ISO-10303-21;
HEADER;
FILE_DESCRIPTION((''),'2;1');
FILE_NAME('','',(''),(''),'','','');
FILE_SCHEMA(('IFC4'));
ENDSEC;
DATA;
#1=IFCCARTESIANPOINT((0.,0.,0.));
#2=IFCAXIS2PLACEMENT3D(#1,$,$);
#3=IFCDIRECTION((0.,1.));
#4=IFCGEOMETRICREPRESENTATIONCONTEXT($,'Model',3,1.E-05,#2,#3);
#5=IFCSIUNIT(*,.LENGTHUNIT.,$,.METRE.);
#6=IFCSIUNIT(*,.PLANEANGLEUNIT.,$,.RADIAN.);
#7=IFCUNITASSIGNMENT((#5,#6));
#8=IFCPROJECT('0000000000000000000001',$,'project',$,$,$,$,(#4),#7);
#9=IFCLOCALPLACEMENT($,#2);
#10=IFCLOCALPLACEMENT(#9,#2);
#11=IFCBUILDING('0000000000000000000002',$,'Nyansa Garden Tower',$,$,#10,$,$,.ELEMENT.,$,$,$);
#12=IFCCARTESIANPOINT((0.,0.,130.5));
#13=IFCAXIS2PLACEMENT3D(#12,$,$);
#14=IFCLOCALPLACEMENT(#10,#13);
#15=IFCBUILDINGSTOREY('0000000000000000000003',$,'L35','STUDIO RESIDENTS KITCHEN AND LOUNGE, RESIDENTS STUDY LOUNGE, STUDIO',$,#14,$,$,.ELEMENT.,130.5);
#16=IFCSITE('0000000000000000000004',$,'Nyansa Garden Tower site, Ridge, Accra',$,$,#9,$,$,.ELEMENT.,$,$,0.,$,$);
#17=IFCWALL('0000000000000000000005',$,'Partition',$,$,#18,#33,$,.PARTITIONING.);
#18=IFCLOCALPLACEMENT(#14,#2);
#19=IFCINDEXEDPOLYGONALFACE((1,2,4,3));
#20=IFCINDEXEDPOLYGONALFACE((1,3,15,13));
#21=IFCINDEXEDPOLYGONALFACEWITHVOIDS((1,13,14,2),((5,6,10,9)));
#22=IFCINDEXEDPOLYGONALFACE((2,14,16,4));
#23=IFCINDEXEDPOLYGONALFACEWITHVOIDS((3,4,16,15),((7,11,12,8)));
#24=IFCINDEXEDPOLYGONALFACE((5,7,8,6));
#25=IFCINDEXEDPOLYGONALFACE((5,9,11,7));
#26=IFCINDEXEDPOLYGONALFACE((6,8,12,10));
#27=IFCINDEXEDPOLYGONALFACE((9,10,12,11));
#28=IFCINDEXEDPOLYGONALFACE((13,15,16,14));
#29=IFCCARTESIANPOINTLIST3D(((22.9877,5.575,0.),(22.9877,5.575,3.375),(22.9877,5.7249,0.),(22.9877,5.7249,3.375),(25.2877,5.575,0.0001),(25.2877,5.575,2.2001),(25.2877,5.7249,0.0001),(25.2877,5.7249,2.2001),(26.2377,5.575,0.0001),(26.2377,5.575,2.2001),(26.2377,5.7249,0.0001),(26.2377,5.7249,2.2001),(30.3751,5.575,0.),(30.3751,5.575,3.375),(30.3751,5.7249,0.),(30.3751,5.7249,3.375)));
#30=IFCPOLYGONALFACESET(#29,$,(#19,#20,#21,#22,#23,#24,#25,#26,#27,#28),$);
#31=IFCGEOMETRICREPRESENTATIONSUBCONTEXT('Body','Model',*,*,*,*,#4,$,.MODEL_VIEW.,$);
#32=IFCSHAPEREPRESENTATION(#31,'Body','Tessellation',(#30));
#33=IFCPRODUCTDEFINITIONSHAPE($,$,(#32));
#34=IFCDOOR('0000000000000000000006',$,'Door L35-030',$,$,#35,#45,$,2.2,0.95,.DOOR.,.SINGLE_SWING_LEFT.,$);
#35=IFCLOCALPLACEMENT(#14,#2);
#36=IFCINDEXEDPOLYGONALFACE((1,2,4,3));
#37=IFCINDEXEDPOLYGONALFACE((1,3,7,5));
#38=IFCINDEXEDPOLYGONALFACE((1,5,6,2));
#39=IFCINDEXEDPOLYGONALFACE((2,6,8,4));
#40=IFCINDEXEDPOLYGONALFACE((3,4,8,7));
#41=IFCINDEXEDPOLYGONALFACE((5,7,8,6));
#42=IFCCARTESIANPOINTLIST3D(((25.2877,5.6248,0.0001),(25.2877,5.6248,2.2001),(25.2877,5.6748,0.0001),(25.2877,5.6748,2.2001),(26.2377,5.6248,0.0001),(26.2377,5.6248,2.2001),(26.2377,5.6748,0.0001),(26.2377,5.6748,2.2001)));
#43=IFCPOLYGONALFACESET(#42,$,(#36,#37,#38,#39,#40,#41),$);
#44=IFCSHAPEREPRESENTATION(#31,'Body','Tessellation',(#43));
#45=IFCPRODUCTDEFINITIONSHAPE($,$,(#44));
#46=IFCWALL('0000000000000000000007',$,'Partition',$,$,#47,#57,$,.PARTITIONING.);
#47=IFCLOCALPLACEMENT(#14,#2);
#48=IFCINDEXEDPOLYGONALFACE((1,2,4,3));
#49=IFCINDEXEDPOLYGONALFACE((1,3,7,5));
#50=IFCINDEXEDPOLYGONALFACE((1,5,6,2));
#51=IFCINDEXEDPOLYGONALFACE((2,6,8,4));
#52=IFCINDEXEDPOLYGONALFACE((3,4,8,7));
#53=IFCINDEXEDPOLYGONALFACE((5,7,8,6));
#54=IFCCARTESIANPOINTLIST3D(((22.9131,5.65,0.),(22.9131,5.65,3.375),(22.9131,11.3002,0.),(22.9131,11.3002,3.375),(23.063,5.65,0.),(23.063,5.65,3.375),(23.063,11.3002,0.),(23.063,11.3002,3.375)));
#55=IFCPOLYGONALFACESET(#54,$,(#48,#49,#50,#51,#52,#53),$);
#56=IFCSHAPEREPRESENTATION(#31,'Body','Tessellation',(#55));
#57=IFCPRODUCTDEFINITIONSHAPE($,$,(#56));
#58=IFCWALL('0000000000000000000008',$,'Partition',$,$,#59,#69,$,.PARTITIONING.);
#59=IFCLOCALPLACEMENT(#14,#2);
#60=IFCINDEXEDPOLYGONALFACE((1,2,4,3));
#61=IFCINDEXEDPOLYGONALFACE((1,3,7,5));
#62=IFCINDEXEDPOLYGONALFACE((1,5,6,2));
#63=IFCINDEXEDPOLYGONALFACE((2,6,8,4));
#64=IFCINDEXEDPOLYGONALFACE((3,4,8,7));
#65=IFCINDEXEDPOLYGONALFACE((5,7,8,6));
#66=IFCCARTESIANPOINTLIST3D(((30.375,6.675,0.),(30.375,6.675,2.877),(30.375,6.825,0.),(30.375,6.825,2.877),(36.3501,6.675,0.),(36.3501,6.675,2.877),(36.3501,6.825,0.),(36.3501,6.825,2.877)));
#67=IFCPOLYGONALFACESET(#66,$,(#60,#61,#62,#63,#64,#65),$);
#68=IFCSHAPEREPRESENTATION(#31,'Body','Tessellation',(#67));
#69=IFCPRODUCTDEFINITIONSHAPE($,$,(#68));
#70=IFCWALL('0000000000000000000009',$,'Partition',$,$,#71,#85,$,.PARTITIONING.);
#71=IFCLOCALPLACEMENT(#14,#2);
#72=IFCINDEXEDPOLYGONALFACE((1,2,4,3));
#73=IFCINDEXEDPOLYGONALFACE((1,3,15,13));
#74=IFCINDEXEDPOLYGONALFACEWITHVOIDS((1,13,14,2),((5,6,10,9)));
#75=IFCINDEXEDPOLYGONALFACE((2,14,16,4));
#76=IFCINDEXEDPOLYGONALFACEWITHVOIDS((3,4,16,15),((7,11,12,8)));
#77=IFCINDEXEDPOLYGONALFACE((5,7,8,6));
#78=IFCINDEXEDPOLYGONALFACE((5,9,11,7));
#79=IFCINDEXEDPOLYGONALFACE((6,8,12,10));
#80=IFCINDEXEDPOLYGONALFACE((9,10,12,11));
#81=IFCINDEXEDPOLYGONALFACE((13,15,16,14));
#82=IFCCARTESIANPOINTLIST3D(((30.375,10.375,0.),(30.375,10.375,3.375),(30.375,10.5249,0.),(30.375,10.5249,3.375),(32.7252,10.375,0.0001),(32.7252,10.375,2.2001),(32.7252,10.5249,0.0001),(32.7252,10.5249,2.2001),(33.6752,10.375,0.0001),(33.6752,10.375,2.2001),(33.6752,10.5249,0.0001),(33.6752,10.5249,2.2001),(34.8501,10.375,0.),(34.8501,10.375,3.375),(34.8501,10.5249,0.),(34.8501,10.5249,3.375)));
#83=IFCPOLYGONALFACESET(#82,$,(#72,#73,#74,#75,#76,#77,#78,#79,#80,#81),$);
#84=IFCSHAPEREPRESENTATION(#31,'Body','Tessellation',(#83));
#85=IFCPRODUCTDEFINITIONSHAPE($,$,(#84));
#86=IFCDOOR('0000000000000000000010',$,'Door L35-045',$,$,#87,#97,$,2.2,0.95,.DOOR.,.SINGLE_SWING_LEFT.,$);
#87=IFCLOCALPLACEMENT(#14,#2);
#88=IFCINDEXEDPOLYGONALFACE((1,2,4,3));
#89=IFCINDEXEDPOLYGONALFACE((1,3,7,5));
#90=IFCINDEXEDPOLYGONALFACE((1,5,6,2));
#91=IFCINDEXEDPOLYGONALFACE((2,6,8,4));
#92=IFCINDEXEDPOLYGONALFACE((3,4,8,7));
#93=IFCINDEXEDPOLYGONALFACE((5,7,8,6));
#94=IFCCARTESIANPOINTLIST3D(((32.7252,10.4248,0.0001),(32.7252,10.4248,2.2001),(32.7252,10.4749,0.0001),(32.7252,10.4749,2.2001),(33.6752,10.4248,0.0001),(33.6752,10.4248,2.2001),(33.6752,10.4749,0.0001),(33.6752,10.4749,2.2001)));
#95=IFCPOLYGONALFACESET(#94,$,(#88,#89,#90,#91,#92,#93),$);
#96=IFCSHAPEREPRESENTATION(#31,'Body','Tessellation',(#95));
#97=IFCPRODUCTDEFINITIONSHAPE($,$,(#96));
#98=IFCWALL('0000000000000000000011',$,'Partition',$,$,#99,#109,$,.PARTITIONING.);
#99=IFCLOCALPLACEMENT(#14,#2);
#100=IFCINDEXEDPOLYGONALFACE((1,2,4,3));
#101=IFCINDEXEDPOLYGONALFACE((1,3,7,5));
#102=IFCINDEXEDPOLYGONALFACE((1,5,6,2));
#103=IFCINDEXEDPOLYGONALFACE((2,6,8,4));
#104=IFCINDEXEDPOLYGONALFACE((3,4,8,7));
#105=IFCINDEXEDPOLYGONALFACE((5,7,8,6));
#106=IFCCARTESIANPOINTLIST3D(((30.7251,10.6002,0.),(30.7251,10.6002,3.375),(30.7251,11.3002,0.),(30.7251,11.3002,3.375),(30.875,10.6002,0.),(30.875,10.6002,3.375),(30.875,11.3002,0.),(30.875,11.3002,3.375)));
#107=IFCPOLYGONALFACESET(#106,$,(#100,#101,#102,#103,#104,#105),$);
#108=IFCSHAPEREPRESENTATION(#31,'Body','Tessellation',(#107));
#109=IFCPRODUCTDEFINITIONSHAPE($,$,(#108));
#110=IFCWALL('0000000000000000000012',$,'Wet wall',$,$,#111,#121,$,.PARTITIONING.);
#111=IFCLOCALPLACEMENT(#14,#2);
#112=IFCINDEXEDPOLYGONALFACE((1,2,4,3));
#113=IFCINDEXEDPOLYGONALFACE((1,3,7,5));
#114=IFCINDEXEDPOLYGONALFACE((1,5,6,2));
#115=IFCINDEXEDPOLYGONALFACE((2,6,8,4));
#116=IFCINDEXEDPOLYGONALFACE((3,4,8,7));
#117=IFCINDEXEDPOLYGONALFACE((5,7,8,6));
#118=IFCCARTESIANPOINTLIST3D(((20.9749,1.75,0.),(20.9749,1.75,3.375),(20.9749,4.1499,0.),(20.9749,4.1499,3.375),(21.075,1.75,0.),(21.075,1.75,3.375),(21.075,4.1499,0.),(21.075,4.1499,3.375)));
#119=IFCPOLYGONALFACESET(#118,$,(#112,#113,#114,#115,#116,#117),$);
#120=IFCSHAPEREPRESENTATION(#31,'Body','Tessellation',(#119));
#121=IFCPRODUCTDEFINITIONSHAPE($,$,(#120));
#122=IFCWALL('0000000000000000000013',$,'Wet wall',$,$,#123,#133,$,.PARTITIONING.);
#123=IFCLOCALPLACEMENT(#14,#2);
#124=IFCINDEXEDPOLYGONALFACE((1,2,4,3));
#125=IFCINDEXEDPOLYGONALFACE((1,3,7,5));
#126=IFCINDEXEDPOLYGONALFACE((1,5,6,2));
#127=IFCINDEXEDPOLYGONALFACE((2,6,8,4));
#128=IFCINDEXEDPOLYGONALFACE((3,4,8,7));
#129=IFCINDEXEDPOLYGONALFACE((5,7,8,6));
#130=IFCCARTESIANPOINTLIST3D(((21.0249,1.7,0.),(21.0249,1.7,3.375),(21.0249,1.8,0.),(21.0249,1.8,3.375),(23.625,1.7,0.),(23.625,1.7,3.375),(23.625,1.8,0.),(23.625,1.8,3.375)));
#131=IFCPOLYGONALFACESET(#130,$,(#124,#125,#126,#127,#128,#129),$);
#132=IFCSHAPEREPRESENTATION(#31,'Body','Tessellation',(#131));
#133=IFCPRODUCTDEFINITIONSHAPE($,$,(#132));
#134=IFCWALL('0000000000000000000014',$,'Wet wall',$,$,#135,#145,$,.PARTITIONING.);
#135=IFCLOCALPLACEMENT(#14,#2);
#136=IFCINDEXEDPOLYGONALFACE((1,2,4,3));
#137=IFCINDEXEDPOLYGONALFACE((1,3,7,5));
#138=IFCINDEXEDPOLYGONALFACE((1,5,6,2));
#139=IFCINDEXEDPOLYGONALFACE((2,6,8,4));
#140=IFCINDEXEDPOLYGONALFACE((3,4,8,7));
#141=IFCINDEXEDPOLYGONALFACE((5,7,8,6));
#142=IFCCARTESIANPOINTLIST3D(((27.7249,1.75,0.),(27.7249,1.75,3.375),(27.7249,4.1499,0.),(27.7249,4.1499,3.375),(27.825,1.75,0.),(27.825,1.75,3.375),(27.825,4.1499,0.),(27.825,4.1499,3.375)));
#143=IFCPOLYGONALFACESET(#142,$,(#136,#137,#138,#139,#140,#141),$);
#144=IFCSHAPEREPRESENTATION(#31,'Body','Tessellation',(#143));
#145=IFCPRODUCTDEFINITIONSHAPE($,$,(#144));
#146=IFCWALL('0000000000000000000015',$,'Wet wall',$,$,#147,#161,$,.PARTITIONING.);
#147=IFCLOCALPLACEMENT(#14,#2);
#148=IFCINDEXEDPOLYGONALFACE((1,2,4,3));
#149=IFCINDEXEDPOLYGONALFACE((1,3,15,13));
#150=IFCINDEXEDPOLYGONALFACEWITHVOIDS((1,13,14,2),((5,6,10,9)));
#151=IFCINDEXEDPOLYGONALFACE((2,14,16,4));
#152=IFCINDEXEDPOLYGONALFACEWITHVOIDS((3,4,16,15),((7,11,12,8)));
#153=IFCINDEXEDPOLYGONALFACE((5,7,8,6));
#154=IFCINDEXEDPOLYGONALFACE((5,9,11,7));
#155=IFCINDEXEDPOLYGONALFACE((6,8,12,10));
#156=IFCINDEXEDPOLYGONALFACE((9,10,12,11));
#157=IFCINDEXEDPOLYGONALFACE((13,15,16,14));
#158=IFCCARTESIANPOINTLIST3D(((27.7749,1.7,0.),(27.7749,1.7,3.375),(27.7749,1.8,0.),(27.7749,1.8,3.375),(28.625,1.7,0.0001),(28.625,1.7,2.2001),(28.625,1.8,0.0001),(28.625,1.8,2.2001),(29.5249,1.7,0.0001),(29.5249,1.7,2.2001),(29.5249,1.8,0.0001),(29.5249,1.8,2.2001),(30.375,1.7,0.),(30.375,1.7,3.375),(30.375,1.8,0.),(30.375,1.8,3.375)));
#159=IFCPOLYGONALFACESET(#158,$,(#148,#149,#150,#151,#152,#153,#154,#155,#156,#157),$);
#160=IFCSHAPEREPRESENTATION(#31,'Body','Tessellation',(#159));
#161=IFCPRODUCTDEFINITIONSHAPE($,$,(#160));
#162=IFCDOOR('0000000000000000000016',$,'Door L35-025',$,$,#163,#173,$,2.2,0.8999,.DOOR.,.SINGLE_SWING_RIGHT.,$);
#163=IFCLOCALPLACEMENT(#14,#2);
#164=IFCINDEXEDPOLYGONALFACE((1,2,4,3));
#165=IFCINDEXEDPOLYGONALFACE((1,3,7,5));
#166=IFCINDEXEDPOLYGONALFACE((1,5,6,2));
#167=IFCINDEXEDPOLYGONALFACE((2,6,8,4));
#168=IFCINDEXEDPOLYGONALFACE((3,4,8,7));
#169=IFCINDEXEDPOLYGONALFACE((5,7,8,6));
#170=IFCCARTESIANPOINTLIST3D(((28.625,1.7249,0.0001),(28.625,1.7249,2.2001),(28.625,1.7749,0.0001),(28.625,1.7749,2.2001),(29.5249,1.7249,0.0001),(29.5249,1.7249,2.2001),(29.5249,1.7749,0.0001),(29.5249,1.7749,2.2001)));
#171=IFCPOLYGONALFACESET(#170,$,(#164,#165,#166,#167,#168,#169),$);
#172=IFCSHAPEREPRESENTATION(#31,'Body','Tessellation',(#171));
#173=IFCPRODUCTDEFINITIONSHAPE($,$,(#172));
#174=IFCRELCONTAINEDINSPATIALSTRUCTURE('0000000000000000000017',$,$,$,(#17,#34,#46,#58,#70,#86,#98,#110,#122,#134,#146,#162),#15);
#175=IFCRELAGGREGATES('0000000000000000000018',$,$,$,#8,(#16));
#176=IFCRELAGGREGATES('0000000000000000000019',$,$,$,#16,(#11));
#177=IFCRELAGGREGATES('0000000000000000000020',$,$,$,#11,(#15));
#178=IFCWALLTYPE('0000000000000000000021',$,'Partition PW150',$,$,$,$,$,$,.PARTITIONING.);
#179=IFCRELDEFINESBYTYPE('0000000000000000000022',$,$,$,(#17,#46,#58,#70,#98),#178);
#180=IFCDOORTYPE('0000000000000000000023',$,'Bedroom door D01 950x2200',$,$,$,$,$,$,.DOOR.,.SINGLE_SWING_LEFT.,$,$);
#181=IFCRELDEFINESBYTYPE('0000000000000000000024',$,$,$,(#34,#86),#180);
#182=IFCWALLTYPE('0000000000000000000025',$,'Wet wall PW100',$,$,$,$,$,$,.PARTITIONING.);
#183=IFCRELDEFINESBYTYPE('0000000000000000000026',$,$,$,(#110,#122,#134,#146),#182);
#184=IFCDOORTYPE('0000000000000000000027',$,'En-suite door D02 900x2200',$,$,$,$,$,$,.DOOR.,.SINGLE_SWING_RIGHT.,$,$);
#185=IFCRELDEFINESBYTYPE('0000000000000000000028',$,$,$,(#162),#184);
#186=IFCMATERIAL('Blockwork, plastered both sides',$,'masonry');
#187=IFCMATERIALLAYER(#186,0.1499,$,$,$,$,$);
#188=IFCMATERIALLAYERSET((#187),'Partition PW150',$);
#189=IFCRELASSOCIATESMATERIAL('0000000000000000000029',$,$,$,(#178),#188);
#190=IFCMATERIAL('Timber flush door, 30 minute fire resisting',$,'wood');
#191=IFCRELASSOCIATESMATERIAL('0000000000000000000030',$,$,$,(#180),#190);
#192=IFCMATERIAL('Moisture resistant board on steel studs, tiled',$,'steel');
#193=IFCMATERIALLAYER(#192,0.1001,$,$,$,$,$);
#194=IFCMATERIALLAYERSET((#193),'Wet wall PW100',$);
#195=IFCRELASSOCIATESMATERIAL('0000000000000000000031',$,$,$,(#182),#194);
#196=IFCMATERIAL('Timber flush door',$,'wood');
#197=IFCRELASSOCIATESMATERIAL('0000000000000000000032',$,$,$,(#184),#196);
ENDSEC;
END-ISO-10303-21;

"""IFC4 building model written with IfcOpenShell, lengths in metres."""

from ifc_helpers import new_model, si_unit, direction, frame, frame_2d, origin, place, context, subcontext, project, spatial, rectangle, extrude, material, layer, layer_set, type_object, element, fill, save


model = new_model("IFC4")

# Units and contexts
model_context = context("Model", 3, precision=1e-05, world=origin(), true_north=direction((0.0, 1.0)))
body_context = subcontext(model_context, "Body", "Model", "MODEL_VIEW")
ifc_project = project(units=[si_unit("LENGTHUNIT", "METRE"), si_unit("PLANEANGLEUNIT", "RADIAN")], contexts=[model_context])

# Site, building, storey
site_placement = place(None, origin())
site = spatial("IfcSite", under=ifc_project, at=site_placement, Name="Nyansa Garden Tower site, Ridge, Accra", CompositionType="ELEMENT", RefElevation=0.0)
building_placement = place(site_placement, origin())
building = spatial("IfcBuilding", under=site, at=building_placement, Name="Nyansa Garden Tower", CompositionType="ELEMENT")
storey_placement = place(building_placement, frame((0.0, 0.0, 130.5)))
storey = spatial("IfcBuildingStorey", under=building, at=storey_placement, Name="L35", Description="STUDIO RESIDENTS KITCHEN AND LOUNGE, RESIDENTS STUDY LOUNGE, STUDIO", CompositionType="ELEMENT", Elevation=130.5)

# Wall, opening, door
ifc_material_1 = material(Name="Blockwork, plastered both sides", Category="masonry")
ifc_layer_1 = layer(ifc_material_1, 0.1499)
ifc_layer_set_1 = layer_set([ifc_layer_1], Name="Partition PW150")
wall_type_1 = type_object("IfcWallType", Name="Partition PW150", PredefinedType="PARTITIONING", material=ifc_layer_set_1)
ifc_material_2 = material(Name="Timber flush door, 30 minute fire resisting", Category="wood")
door_type_1 = type_object("IfcDoorType", Name="Bedroom door D01 950x2200", OperationType="SINGLE_SWING_LEFT", PredefinedType="DOOR", material=ifc_material_2)
wall_1_placement = place(storey_placement, frame((22.9875, 5.6499, 0.0), z_axis=(0.0, 0.0, 1.0), x_axis=(1.0, 0.0, 0.0)))
wall_1 = element("IfcWall", 1, at=wall_1_placement, inside=storey, type_object=wall_type_1, Name="Partition", PredefinedType="PARTITIONING", context=body_context, shape_type="SweptSolid", body=[
    extrude(rectangle(XDim=7.3875, YDim=0.1499, at=frame_2d((3.6938, 0.0))), origin(), (0.0, 0.0, 1.0), 3.375),
])
opening_1_placement = place(wall_1_placement, frame((2.3, 0.0, 0.0)))
opening_1 = element("IfcOpeningElement", 2, at=opening_1_placement, cuts=wall_1, PredefinedType="OPENING", context=body_context, shape_type="SweptSolid", body=[
    extrude(rectangle(XDim=0.95, YDim=2.2, at=frame_2d((0.4751, 1.1001))), frame((0.0, 0.085, 0.0), z_axis=(0.0, -1.0, 0.0), x_axis=(1.0, 0.0, 0.0)), (0.0, 0.0, 1.0), 0.1699),
])
door_1_placement = place(opening_1_placement, origin())
door_1 = element("IfcDoor", 3, at=door_1_placement, inside=storey, type_object=door_type_1, Name="Door L35-030", OperationType="SINGLE_SWING_LEFT", OverallHeight=2.2, OverallWidth=0.95, PredefinedType="DOOR", context=body_context, shape_type="SweptSolid", body=[
    extrude(rectangle(XDim=0.95, YDim=2.2, at=frame_2d((0.4751, 1.1001))), frame((0.0, 0.0249, 0.0), z_axis=(0.0, -1.0, 0.0), x_axis=(1.0, 0.0, 0.0)), (0.0, 0.0, 1.0), 0.05),
])
fill(opening_1, door_1)

# Walls
wall_2_placement = place(storey_placement, frame((22.988, 5.6499, 0.0), z_axis=(0.0, 0.0, 1.0), x_axis=(0.0, 1.0, 0.0)))
element("IfcWall", 4, at=wall_2_placement, inside=storey, type_object=wall_type_1, Name="Partition", PredefinedType="PARTITIONING", context=body_context, shape_type="SweptSolid", body=[
    extrude(rectangle(XDim=5.6501, YDim=0.1499, at=frame_2d((2.8252, 0.0))), origin(), (0.0, 0.0, 1.0), 3.375),
])
wall_3_placement = place(storey_placement, frame((30.375, 6.75, 0.0), z_axis=(0.0, 0.0, 1.0), x_axis=(1.0, 0.0, 0.0)))
element("IfcWall", 5, at=wall_3_placement, inside=storey, type_object=wall_type_1, Name="Partition", PredefinedType="PARTITIONING", context=body_context, shape_type="SweptSolid", body=[
    extrude(rectangle(XDim=5.9751, YDim=0.1499, at=frame_2d((2.9875, 0.0))), origin(), (0.0, 0.0, 1.0), 2.877),
])

# Wall, opening, door
wall_4_placement = place(storey_placement, frame((30.375, 10.45, 0.0), z_axis=(0.0, 0.0, 1.0), x_axis=(1.0, 0.0, 0.0)))
wall_4 = element("IfcWall", 6, at=wall_4_placement, inside=storey, type_object=wall_type_1, Name="Partition", PredefinedType="PARTITIONING", context=body_context, shape_type="SweptSolid", body=[
    extrude(rectangle(XDim=4.4751, YDim=0.1499, at=frame_2d((2.2375, 0.0))), origin(), (0.0, 0.0, 1.0), 3.375),
])
opening_2_placement = place(wall_4_placement, frame((2.3501, 0.0, 0.0)))
opening_2 = element("IfcOpeningElement", 7, at=opening_2_placement, cuts=wall_4, PredefinedType="OPENING", context=body_context, shape_type="SweptSolid", body=[
    extrude(rectangle(XDim=0.95, YDim=2.2, at=frame_2d((0.4751, 1.1001))), frame((0.0, 0.085, 0.0), z_axis=(0.0, -1.0, 0.0), x_axis=(1.0, 0.0, 0.0)), (0.0, 0.0, 1.0), 0.1699),
])
door_2_placement = place(opening_2_placement, origin())
door_2 = element("IfcDoor", 8, at=door_2_placement, inside=storey, type_object=door_type_1, Name="Door L35-045", OperationType="SINGLE_SWING_LEFT", OverallHeight=2.2, OverallWidth=0.95, PredefinedType="DOOR", context=body_context, shape_type="SweptSolid", body=[
    extrude(rectangle(XDim=0.95, YDim=2.2, at=frame_2d((0.4751, 1.1001))), frame((0.0, 0.0249, 0.0), z_axis=(0.0, -1.0, 0.0), x_axis=(1.0, 0.0, 0.0)), (0.0, 0.0, 1.0), 0.05),
])
fill(opening_2, door_2)

# Walls
wall_5_placement = place(storey_placement, frame((30.8, 10.6001, 0.0), z_axis=(0.0, 0.0, 1.0), x_axis=(0.0, 1.0, 0.0)))
element("IfcWall", 9, at=wall_5_placement, inside=storey, type_object=wall_type_1, Name="Partition", PredefinedType="PARTITIONING", context=body_context, shape_type="SweptSolid", body=[
    extrude(rectangle(XDim=0.7, YDim=0.1499, at=frame_2d((0.3501, 0.0))), origin(), (0.0, 0.0, 1.0), 3.375),
])
ifc_material_3 = material(Name="Moisture resistant board on steel studs, tiled", Category="steel")
ifc_layer_2 = layer(ifc_material_3, 0.1001)
ifc_layer_set_2 = layer_set([ifc_layer_2], Name="Wet wall PW100")
wall_type_2 = type_object("IfcWallType", Name="Wet wall PW100", PredefinedType="PARTITIONING", material=ifc_layer_set_2)
wall_6_placement = place(storey_placement, frame((21.0249, 1.75, 0.0), z_axis=(0.0, 0.0, 1.0), x_axis=(0.0, 1.0, 0.0)))
element("IfcWall", 10, at=wall_6_placement, inside=storey, type_object=wall_type_2, Name="Wet wall", PredefinedType="PARTITIONING", context=body_context, shape_type="SweptSolid", body=[
    extrude(rectangle(XDim=2.3999, YDim=0.1001, at=frame_2d((1.2, 0.0))), origin(), (0.0, 0.0, 1.0), 3.375),
])
wall_7_placement = place(storey_placement, frame((21.0249, 1.75, 0.0), z_axis=(0.0, 0.0, 1.0), x_axis=(1.0, 0.0, 0.0)))
element("IfcWall", 11, at=wall_7_placement, inside=storey, type_object=wall_type_2, Name="Wet wall", PredefinedType="PARTITIONING", context=body_context, shape_type="SweptSolid", body=[
    extrude(rectangle(XDim=2.6001, YDim=0.1001, at=frame_2d((1.3, 0.0))), origin(), (0.0, 0.0, 1.0), 3.375),
])
wall_8_placement = place(storey_placement, frame((27.7749, 1.75, 0.0), z_axis=(0.0, 0.0, 1.0), x_axis=(0.0, 1.0, 0.0)))
element("IfcWall", 12, at=wall_8_placement, inside=storey, type_object=wall_type_2, Name="Wet wall", PredefinedType="PARTITIONING", context=body_context, shape_type="SweptSolid", body=[
    extrude(rectangle(XDim=2.3999, YDim=0.1001, at=frame_2d((1.2, 0.0))), origin(), (0.0, 0.0, 1.0), 3.375),
])

# Wall, opening, door
wall_9_placement = place(storey_placement, frame((27.7749, 1.75, 0.0), z_axis=(0.0, 0.0, 1.0), x_axis=(1.0, 0.0, 0.0)))
wall_9 = element("IfcWall", 13, at=wall_9_placement, inside=storey, type_object=wall_type_2, Name="Wet wall", PredefinedType="PARTITIONING", context=body_context, shape_type="SweptSolid", body=[
    extrude(rectangle(XDim=2.6001, YDim=0.1001, at=frame_2d((1.3, 0.0))), origin(), (0.0, 0.0, 1.0), 3.375),
])
opening_3_placement = place(wall_9_placement, frame((0.8501, 0.0, 0.0)))
opening_3 = element("IfcOpeningElement", 14, at=opening_3_placement, cuts=wall_9, PredefinedType="OPENING", context=body_context, shape_type="SweptSolid", body=[
    extrude(rectangle(XDim=0.8999, YDim=2.2, at=frame_2d((0.45, 1.1001))), frame((0.0, 0.0601, 0.0), z_axis=(0.0, -1.0, 0.0), x_axis=(1.0, 0.0, 0.0)), (0.0, 0.0, 1.0), 0.1201),
])
ifc_material_4 = material(Name="Timber flush door", Category="wood")
door_type_2 = type_object("IfcDoorType", Name="En-suite door D02 900x2200", OperationType="SINGLE_SWING_RIGHT", PredefinedType="DOOR", material=ifc_material_4)
door_3_placement = place(opening_3_placement, origin())
door_3 = element("IfcDoor", 15, at=door_3_placement, inside=storey, type_object=door_type_2, Name="Door L35-025", OperationType="SINGLE_SWING_RIGHT", OverallHeight=2.2, OverallWidth=0.8999, PredefinedType="DOOR", context=body_context, shape_type="SweptSolid", body=[
    extrude(rectangle(XDim=0.8999, YDim=2.2, at=frame_2d((0.45, 1.1001))), frame((0.0, 0.0249, 0.0), z_axis=(0.0, -1.0, 0.0), x_axis=(1.0, 0.0, 0.0)), (0.0, 0.0, 1.0), 0.05),
])
fill(opening_3, door_3)

save(model, "model.ifc")
